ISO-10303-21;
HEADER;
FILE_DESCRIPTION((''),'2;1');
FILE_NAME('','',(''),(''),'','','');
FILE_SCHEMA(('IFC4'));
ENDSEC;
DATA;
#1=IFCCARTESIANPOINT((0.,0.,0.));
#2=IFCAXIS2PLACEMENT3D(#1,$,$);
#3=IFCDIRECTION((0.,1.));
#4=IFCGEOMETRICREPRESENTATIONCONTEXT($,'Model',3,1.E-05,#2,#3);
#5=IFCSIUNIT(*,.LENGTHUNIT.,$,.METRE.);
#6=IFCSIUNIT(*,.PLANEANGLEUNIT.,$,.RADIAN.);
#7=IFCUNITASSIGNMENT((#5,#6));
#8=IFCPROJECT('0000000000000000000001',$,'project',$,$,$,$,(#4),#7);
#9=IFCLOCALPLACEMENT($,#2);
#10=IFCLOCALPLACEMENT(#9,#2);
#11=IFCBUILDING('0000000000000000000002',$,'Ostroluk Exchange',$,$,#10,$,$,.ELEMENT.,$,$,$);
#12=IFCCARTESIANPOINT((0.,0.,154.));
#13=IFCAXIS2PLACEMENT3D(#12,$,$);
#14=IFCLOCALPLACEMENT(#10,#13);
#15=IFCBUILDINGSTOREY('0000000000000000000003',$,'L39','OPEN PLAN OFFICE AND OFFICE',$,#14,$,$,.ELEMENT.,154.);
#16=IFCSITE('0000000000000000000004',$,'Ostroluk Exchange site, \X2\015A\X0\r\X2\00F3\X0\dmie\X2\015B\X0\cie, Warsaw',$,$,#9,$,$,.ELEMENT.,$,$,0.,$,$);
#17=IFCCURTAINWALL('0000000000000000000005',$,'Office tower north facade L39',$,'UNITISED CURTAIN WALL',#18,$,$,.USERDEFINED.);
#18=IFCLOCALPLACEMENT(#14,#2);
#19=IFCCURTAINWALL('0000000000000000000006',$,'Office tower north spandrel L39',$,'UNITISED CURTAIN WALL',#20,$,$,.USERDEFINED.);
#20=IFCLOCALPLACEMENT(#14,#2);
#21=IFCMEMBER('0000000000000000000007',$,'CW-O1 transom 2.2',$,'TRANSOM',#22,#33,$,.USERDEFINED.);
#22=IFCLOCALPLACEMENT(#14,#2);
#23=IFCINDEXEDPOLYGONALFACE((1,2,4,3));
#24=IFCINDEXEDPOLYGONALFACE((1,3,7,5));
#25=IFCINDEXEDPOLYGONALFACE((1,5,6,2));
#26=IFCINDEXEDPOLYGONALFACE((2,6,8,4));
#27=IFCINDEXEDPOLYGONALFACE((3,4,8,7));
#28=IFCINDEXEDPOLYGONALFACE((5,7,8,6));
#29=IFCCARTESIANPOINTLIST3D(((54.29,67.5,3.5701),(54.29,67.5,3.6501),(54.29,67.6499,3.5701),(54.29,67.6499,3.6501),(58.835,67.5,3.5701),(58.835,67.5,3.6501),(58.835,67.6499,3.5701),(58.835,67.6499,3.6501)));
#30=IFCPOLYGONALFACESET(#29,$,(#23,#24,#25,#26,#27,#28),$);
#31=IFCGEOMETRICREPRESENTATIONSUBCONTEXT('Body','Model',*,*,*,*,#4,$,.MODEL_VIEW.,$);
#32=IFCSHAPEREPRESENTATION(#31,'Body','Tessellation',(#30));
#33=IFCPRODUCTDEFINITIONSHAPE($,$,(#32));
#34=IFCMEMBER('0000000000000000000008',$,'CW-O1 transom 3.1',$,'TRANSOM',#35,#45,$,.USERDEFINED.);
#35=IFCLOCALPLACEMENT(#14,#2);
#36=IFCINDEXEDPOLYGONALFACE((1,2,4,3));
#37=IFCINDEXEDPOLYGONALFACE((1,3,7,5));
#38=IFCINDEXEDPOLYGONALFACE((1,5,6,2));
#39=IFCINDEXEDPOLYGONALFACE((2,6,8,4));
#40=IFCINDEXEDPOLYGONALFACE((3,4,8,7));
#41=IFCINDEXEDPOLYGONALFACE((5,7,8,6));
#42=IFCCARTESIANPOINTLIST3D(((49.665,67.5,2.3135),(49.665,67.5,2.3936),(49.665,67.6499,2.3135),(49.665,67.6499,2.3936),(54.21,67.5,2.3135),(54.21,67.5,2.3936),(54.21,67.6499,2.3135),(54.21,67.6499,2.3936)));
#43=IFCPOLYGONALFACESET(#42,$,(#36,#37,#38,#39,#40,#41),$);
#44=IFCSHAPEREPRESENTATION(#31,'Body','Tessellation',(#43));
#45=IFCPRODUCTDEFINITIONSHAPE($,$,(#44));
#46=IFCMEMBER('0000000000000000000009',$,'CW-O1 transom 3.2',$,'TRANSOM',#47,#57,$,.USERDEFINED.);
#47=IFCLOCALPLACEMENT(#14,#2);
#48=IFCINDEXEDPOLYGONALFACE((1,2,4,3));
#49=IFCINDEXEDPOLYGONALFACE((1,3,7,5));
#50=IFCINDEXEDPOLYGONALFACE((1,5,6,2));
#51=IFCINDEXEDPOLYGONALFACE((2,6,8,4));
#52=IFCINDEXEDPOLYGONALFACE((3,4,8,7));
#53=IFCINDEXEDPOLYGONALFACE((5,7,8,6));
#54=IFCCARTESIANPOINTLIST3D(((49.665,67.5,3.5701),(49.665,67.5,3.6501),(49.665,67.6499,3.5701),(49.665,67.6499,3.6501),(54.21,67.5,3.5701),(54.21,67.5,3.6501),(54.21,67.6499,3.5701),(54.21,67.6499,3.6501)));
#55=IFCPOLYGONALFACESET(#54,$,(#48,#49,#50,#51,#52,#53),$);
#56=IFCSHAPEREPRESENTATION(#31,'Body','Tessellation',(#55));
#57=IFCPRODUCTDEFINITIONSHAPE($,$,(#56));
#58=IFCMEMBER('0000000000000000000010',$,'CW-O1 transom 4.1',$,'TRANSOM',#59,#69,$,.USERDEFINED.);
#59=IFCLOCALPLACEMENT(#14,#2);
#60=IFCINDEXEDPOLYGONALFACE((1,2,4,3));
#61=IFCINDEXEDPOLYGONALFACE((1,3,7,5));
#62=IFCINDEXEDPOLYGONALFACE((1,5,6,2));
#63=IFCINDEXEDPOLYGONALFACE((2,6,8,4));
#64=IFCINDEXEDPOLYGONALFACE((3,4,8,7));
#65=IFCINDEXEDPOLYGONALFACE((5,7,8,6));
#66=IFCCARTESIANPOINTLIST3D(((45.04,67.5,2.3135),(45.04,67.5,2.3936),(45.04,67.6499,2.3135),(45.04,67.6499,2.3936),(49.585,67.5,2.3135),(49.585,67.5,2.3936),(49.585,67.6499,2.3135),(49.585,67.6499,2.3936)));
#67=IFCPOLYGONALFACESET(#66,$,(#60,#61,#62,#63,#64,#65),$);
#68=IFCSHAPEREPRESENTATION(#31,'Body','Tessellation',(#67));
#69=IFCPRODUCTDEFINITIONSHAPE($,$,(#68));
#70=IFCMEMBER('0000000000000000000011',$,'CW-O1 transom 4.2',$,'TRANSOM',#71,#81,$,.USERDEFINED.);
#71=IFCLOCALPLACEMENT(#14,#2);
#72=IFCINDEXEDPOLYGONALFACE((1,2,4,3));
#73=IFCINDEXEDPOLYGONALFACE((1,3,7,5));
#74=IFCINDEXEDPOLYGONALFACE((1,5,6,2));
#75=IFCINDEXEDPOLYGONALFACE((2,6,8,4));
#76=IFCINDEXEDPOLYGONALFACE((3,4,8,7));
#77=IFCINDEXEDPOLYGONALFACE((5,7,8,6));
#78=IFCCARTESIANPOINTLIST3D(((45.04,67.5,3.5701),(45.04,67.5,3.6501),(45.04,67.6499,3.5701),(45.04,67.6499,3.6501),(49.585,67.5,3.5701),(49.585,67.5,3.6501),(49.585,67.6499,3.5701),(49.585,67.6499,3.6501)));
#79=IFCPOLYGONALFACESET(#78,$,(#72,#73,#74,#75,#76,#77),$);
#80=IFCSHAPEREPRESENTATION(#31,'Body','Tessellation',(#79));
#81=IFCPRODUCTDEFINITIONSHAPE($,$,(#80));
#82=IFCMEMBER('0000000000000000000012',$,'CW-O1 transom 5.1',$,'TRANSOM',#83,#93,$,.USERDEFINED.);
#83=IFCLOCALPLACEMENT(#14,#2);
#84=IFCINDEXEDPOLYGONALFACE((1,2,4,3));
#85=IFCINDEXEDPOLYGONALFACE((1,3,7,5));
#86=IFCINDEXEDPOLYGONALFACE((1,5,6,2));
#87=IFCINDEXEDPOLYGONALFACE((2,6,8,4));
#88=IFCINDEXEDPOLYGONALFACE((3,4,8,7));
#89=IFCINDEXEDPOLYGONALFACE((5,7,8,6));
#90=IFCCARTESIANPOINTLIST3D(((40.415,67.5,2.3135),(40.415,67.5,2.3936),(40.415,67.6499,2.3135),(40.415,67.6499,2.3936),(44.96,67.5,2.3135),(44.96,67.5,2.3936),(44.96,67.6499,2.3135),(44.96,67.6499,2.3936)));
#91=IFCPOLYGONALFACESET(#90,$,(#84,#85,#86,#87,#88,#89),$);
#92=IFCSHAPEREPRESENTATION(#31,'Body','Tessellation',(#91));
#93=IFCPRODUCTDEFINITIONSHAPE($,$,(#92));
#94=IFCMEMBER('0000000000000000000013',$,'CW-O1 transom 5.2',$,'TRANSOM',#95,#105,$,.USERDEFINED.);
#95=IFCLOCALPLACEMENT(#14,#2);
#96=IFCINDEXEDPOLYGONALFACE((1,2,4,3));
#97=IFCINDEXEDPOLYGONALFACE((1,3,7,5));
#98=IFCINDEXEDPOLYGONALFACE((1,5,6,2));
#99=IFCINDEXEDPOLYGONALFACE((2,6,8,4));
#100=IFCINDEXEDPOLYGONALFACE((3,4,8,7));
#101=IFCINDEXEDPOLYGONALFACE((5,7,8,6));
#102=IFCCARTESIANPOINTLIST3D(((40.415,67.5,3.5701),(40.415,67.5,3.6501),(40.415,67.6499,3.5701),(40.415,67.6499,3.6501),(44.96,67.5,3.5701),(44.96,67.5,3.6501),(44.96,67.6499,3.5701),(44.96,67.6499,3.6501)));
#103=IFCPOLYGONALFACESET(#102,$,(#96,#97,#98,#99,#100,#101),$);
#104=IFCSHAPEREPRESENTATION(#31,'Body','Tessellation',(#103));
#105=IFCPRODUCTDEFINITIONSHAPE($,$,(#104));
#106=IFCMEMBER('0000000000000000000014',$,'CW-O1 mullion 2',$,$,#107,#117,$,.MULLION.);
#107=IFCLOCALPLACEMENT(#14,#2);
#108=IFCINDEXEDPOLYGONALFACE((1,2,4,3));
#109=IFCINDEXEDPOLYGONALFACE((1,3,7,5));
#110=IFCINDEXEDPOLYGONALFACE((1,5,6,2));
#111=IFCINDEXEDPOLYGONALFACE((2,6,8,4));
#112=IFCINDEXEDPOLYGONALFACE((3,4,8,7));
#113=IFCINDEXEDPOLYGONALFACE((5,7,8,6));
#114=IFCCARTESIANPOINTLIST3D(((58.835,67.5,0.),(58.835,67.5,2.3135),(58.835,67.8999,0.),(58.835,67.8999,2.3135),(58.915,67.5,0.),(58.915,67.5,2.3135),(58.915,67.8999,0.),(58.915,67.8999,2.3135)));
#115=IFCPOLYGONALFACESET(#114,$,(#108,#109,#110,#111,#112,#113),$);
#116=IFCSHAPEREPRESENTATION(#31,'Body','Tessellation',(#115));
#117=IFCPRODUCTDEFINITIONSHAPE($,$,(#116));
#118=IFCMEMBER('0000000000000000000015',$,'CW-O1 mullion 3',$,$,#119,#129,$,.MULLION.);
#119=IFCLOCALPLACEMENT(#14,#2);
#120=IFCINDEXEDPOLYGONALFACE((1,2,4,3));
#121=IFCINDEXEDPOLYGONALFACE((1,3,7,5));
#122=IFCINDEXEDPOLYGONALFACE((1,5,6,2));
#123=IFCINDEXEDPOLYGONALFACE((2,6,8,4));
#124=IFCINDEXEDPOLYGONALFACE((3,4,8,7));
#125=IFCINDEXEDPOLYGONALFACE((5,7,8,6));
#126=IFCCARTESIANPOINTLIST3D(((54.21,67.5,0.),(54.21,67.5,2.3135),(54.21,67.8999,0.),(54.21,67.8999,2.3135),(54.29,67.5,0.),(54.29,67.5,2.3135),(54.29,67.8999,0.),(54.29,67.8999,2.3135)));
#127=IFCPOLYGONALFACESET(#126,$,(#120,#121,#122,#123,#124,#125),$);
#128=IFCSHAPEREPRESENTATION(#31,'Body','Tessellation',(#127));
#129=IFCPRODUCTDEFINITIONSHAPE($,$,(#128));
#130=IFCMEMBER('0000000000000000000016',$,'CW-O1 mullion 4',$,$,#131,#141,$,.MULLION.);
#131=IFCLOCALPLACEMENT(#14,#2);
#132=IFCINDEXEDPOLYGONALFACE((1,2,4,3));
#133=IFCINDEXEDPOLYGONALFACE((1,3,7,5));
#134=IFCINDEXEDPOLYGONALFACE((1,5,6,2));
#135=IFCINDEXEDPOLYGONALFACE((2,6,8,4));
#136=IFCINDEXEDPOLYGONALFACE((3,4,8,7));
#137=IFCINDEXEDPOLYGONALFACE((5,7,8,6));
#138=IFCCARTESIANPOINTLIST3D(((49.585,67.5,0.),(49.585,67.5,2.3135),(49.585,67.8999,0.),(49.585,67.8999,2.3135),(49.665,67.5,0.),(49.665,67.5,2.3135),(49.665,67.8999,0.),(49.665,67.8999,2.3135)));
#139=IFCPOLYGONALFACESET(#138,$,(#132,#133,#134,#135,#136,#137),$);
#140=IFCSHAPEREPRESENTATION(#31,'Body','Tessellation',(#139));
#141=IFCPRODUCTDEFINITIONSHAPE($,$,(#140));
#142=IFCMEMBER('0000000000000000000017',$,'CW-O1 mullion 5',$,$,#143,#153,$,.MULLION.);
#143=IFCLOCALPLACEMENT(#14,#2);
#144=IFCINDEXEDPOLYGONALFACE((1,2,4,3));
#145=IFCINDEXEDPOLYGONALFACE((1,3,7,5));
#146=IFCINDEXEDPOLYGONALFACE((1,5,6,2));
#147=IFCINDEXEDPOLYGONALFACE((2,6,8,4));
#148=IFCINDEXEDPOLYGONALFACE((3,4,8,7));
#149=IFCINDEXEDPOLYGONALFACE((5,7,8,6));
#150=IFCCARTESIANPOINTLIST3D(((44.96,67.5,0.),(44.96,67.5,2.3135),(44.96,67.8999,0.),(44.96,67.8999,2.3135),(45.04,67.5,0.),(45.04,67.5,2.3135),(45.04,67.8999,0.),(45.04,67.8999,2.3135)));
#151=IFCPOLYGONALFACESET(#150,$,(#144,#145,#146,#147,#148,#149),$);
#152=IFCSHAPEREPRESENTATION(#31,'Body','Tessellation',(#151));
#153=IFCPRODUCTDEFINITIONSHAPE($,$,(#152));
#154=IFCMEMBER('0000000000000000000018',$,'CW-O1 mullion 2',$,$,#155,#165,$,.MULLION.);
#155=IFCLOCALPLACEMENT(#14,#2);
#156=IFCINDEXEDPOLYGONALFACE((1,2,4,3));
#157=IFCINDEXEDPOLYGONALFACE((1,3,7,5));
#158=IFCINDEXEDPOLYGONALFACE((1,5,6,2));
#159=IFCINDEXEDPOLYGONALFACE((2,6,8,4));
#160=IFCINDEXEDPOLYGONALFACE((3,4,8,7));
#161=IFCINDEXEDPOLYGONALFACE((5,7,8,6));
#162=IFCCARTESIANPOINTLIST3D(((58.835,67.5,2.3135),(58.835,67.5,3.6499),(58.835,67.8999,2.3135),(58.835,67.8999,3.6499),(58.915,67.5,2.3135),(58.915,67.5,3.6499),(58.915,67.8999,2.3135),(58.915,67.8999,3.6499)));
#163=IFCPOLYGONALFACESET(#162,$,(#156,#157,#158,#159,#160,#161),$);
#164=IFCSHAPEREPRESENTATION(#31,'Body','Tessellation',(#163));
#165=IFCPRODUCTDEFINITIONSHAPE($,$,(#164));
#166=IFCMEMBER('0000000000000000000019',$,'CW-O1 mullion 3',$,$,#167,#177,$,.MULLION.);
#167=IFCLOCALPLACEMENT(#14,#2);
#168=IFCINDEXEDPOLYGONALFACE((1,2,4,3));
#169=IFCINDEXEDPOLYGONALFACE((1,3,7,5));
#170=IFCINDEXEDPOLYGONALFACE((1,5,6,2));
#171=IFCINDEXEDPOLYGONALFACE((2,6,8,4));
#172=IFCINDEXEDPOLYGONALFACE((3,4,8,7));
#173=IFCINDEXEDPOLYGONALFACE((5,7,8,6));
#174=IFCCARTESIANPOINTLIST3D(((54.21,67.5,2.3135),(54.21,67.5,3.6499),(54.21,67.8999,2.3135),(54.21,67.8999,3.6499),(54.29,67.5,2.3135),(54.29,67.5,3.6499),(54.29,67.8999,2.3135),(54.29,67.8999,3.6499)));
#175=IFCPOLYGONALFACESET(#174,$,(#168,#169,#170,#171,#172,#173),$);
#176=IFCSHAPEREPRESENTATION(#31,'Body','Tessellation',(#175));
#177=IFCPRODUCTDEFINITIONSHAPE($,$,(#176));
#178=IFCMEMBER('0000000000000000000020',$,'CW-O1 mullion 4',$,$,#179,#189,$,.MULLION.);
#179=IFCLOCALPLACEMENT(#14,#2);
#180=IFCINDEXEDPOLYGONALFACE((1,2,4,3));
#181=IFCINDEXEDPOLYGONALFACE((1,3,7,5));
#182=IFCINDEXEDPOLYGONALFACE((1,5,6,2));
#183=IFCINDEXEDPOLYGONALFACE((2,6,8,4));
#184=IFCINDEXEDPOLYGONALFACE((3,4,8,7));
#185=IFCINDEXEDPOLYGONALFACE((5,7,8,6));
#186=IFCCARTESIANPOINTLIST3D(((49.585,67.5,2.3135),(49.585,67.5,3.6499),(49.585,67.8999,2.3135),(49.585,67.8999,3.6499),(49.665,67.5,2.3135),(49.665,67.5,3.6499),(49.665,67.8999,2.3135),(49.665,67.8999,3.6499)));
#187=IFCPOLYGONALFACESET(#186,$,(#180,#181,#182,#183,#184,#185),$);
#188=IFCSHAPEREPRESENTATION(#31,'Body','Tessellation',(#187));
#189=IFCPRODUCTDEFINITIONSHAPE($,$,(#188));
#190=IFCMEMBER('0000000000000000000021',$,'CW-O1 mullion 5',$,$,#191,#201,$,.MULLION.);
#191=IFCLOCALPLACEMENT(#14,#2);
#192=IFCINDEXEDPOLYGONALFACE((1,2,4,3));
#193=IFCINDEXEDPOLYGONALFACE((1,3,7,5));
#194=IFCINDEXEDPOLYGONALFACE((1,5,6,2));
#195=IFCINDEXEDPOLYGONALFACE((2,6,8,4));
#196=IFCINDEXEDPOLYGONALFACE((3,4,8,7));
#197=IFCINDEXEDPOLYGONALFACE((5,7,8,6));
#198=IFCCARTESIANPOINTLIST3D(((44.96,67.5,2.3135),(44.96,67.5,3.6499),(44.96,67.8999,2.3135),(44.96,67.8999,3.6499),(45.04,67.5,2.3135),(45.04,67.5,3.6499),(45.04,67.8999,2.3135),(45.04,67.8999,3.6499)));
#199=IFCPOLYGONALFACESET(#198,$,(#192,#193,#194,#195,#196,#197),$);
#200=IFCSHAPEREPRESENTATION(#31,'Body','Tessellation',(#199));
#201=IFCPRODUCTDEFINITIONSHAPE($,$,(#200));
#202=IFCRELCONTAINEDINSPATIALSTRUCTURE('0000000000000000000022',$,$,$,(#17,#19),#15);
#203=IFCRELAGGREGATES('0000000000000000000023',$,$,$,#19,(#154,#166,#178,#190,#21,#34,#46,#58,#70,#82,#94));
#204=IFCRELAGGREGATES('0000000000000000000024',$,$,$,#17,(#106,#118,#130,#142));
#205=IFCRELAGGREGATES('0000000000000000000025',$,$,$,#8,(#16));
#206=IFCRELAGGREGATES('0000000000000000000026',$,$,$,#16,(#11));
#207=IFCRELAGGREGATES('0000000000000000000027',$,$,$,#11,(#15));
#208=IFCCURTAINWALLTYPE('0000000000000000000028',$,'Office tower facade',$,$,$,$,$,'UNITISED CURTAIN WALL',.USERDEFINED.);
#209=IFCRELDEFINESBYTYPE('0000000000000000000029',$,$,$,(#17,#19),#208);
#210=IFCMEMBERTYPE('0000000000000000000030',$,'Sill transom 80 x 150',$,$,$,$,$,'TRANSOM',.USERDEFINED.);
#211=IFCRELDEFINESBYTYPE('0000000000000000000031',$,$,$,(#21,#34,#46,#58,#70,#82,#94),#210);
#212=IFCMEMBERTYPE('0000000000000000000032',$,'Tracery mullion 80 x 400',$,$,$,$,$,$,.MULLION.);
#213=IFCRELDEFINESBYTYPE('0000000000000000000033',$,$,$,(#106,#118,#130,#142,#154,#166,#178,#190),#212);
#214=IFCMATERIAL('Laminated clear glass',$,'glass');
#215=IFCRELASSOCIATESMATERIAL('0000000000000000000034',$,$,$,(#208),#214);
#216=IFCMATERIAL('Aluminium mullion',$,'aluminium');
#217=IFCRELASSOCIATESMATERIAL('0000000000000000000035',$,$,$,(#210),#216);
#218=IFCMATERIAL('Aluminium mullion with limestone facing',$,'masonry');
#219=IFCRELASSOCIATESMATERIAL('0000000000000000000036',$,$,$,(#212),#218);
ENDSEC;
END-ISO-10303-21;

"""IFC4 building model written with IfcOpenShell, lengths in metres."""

from ifc_helpers import new_model, si_unit, direction, frame, origin, origin_2d, place, context, subcontext, project, spatial, rectangle, extrude, material, material_profile, profile_set, type_object, element, aggregate, save


model = new_model("IFC4")

# Units and contexts
model_context = context("Model", 3, precision=1e-05, world=origin(), true_north=direction((0.0, 1.0)))
body_context = subcontext(model_context, "Body", "Model", "MODEL_VIEW")
ifc_project = project(units=[si_unit("LENGTHUNIT", "METRE"), si_unit("PLANEANGLEUNIT", "RADIAN")], contexts=[model_context])

# Site, building, storey
site_placement = place(None, origin())
site = spatial("IfcSite", under=ifc_project, at=site_placement, Name="Ostroluk Exchange site, Śródmieście, Warsaw", CompositionType="ELEMENT", RefElevation=0.0)
building_placement = place(site_placement, origin())
building = spatial("IfcBuilding", under=site, at=building_placement, Name="Ostroluk Exchange", CompositionType="ELEMENT")
storey_placement = place(building_placement, frame((0.0, 0.0, 154.0)))
storey = spatial("IfcBuildingStorey", under=building, at=storey_placement, Name="L39", Description="OPEN PLAN OFFICE AND OFFICE", CompositionType="ELEMENT", Elevation=154.0)

# Curtain walls, members
ifc_material_1 = material(Name="Laminated clear glass", Category="glass")
curtain_wall_type = type_object("IfcCurtainWallType", Name="Office tower facade", ElementType="UNITISED CURTAIN WALL", PredefinedType="USERDEFINED", material=ifc_material_1)
curtain_wall_1_placement = place(storey_placement, origin())
curtain_wall_1 = element("IfcCurtainWall", 1, at=curtain_wall_1_placement, inside=storey, type_object=curtain_wall_type, Name="Office tower north facade L39", ObjectType="UNITISED CURTAIN WALL", PredefinedType="USERDEFINED")
ifc_material_2 = material(Name="Aluminium mullion", Category="aluminium")
ifc_material_profile_1 = material_profile(ifc_material_2, rectangle(XDim=0.1499, YDim=0.0801, at=origin_2d()), Name="Sill transom 80 x 150")
ifc_profile_set_1 = profile_set([ifc_material_profile_1], Name="Aluminium mullion")
member_type_1 = type_object("IfcMemberType", Name="Sill transom 80 x 150", ElementType="TRANSOM", PredefinedType="USERDEFINED", material=ifc_profile_set_1)
curtain_wall_2_placement = place(storey_placement, origin())
curtain_wall_2 = element("IfcCurtainWall", 2, at=curtain_wall_2_placement, inside=storey, type_object=curtain_wall_type, Name="Office tower north spandrel L39", ObjectType="UNITISED CURTAIN WALL", PredefinedType="USERDEFINED")
member_1_placement = place(storey_placement, frame((58.835, 67.575, 3.6101), z_axis=(-1.0, 0.0, 0.0), x_axis=(0.0, -1.0, 0.0)))
member_1 = element("IfcMember", 3, at=member_1_placement, type_object=member_type_1, Name="CW-O1 transom 2.2", ObjectType="TRANSOM", PredefinedType="USERDEFINED", context=body_context, shape_type="SweptSolid", body=[
    extrude(rectangle(XDim=0.1499, YDim=0.0801, at=origin_2d()), origin(), (0.0, 0.0, 1.0), 4.5449),
])
member_2_placement = place(storey_placement, frame((54.21, 67.575, 2.3535), z_axis=(-1.0, 0.0, 0.0), x_axis=(0.0, -1.0, 0.0)))
member_2 = element("IfcMember", 4, at=member_2_placement, type_object=member_type_1, Name="CW-O1 transom 3.1", ObjectType="TRANSOM", PredefinedType="USERDEFINED", context=body_context, shape_type="SweptSolid", body=[
    extrude(rectangle(XDim=0.1499, YDim=0.0801, at=origin_2d()), origin(), (0.0, 0.0, 1.0), 4.5449),
])
member_3_placement = place(storey_placement, frame((54.21, 67.575, 3.6101), z_axis=(-1.0, 0.0, 0.0), x_axis=(0.0, -1.0, 0.0)))
member_3 = element("IfcMember", 5, at=member_3_placement, type_object=member_type_1, Name="CW-O1 transom 3.2", ObjectType="TRANSOM", PredefinedType="USERDEFINED", context=body_context, shape_type="SweptSolid", body=[
    extrude(rectangle(XDim=0.1499, YDim=0.0801, at=origin_2d()), origin(), (0.0, 0.0, 1.0), 4.5449),
])
member_4_placement = place(storey_placement, frame((49.585, 67.575, 2.3535), z_axis=(-1.0, 0.0, 0.0), x_axis=(0.0, -1.0, 0.0)))
member_4 = element("IfcMember", 6, at=member_4_placement, type_object=member_type_1, Name="CW-O1 transom 4.1", ObjectType="TRANSOM", PredefinedType="USERDEFINED", context=body_context, shape_type="SweptSolid", body=[
    extrude(rectangle(XDim=0.1499, YDim=0.0801, at=origin_2d()), origin(), (0.0, 0.0, 1.0), 4.5449),
])
member_5_placement = place(storey_placement, frame((49.585, 67.575, 3.6101), z_axis=(-1.0, 0.0, 0.0), x_axis=(0.0, -1.0, 0.0)))
member_5 = element("IfcMember", 7, at=member_5_placement, type_object=member_type_1, Name="CW-O1 transom 4.2", ObjectType="TRANSOM", PredefinedType="USERDEFINED", context=body_context, shape_type="SweptSolid", body=[
    extrude(rectangle(XDim=0.1499, YDim=0.0801, at=origin_2d()), origin(), (0.0, 0.0, 1.0), 4.5449),
])
member_6_placement = place(storey_placement, frame((44.96, 67.575, 2.3535), z_axis=(-1.0, 0.0, 0.0), x_axis=(0.0, -1.0, 0.0)))
member_6 = element("IfcMember", 8, at=member_6_placement, type_object=member_type_1, Name="CW-O1 transom 5.1", ObjectType="TRANSOM", PredefinedType="USERDEFINED", context=body_context, shape_type="SweptSolid", body=[
    extrude(rectangle(XDim=0.1499, YDim=0.0801, at=origin_2d()), origin(), (0.0, 0.0, 1.0), 4.5449),
])
member_7_placement = place(storey_placement, frame((44.96, 67.575, 3.6101), z_axis=(-1.0, 0.0, 0.0), x_axis=(0.0, -1.0, 0.0)))
member_7 = element("IfcMember", 9, at=member_7_placement, type_object=member_type_1, Name="CW-O1 transom 5.2", ObjectType="TRANSOM", PredefinedType="USERDEFINED", context=body_context, shape_type="SweptSolid", body=[
    extrude(rectangle(XDim=0.1499, YDim=0.0801, at=origin_2d()), origin(), (0.0, 0.0, 1.0), 4.5449),
])

# Members
ifc_material_3 = material(Name="Aluminium mullion with limestone facing", Category="masonry")
ifc_material_profile_2 = material_profile(ifc_material_3, rectangle(XDim=0.3999, YDim=0.0801, at=origin_2d()), Name="Tracery mullion 80 x 400")
ifc_profile_set_2 = profile_set([ifc_material_profile_2], Name="Aluminium mullion with limestone facing")
member_type_2 = type_object("IfcMemberType", Name="Tracery mullion 80 x 400", PredefinedType="MULLION", material=ifc_profile_set_2)
member_8_placement = place(storey_placement, frame((58.875, 67.7, 0.0), z_axis=(0.0, 0.0, 1.0), x_axis=(0.0, -1.0, 0.0)))
member_8 = element("IfcMember", 10, at=member_8_placement, type_object=member_type_2, Name="CW-O1 mullion 2", PredefinedType="MULLION", context=body_context, shape_type="SweptSolid", body=[
    extrude(rectangle(XDim=0.3999, YDim=0.0801, at=origin_2d()), origin(), (0.0, 0.0, 1.0), 2.3135),
])
member_9_placement = place(storey_placement, frame((54.25, 67.7, 0.0), z_axis=(0.0, 0.0, 1.0), x_axis=(0.0, -1.0, 0.0)))
member_9 = element("IfcMember", 11, at=member_9_placement, type_object=member_type_2, Name="CW-O1 mullion 3", PredefinedType="MULLION", context=body_context, shape_type="SweptSolid", body=[
    extrude(rectangle(XDim=0.3999, YDim=0.0801, at=origin_2d()), origin(), (0.0, 0.0, 1.0), 2.3135),
])
member_10_placement = place(storey_placement, frame((49.625, 67.7, 0.0), z_axis=(0.0, 0.0, 1.0), x_axis=(0.0, -1.0, 0.0)))
member_10 = element("IfcMember", 12, at=member_10_placement, type_object=member_type_2, Name="CW-O1 mullion 4", PredefinedType="MULLION", context=body_context, shape_type="SweptSolid", body=[
    extrude(rectangle(XDim=0.3999, YDim=0.0801, at=origin_2d()), origin(), (0.0, 0.0, 1.0), 2.3135),
])
member_11_placement = place(storey_placement, frame((45.0, 67.7, 0.0), z_axis=(0.0, 0.0, 1.0), x_axis=(0.0, -1.0, 0.0)))
member_11 = element("IfcMember", 13, at=member_11_placement, type_object=member_type_2, Name="CW-O1 mullion 5", PredefinedType="MULLION", context=body_context, shape_type="SweptSolid", body=[
    extrude(rectangle(XDim=0.3999, YDim=0.0801, at=origin_2d()), origin(), (0.0, 0.0, 1.0), 2.3135),
])
member_12_placement = place(storey_placement, frame((58.875, 67.7, 2.3135), z_axis=(0.0, 0.0, 1.0), x_axis=(0.0, -1.0, 0.0)))
member_12 = element("IfcMember", 14, at=member_12_placement, type_object=member_type_2, Name="CW-O1 mullion 2", PredefinedType="MULLION", context=body_context, shape_type="SweptSolid", body=[
    extrude(rectangle(XDim=0.3999, YDim=0.0801, at=origin_2d()), origin(), (0.0, 0.0, 1.0), 1.3364),
])
member_13_placement = place(storey_placement, frame((54.25, 67.7, 2.3135), z_axis=(0.0, 0.0, 1.0), x_axis=(0.0, -1.0, 0.0)))
member_13 = element("IfcMember", 15, at=member_13_placement, type_object=member_type_2, Name="CW-O1 mullion 3", PredefinedType="MULLION", context=body_context, shape_type="SweptSolid", body=[
    extrude(rectangle(XDim=0.3999, YDim=0.0801, at=origin_2d()), origin(), (0.0, 0.0, 1.0), 1.3364),
])
member_14_placement = place(storey_placement, frame((49.625, 67.7, 2.3135), z_axis=(0.0, 0.0, 1.0), x_axis=(0.0, -1.0, 0.0)))
member_14 = element("IfcMember", 16, at=member_14_placement, type_object=member_type_2, Name="CW-O1 mullion 4", PredefinedType="MULLION", context=body_context, shape_type="SweptSolid", body=[
    extrude(rectangle(XDim=0.3999, YDim=0.0801, at=origin_2d()), origin(), (0.0, 0.0, 1.0), 1.3364),
])
member_15_placement = place(storey_placement, frame((45.0, 67.7, 2.3135), z_axis=(0.0, 0.0, 1.0), x_axis=(0.0, -1.0, 0.0)))
member_15 = element("IfcMember", 17, at=member_15_placement, type_object=member_type_2, Name="CW-O1 mullion 5", PredefinedType="MULLION", context=body_context, shape_type="SweptSolid", body=[
    extrude(rectangle(XDim=0.3999, YDim=0.0801, at=origin_2d()), origin(), (0.0, 0.0, 1.0), 1.3364),
])

aggregate(curtain_wall_2, [member_12, member_13, member_14, member_15, member_1, member_2, member_3, member_4, member_5, member_6, member_7])
aggregate(curtain_wall_1, [member_8, member_9, member_10, member_11])

save(model, "model.ifc")
